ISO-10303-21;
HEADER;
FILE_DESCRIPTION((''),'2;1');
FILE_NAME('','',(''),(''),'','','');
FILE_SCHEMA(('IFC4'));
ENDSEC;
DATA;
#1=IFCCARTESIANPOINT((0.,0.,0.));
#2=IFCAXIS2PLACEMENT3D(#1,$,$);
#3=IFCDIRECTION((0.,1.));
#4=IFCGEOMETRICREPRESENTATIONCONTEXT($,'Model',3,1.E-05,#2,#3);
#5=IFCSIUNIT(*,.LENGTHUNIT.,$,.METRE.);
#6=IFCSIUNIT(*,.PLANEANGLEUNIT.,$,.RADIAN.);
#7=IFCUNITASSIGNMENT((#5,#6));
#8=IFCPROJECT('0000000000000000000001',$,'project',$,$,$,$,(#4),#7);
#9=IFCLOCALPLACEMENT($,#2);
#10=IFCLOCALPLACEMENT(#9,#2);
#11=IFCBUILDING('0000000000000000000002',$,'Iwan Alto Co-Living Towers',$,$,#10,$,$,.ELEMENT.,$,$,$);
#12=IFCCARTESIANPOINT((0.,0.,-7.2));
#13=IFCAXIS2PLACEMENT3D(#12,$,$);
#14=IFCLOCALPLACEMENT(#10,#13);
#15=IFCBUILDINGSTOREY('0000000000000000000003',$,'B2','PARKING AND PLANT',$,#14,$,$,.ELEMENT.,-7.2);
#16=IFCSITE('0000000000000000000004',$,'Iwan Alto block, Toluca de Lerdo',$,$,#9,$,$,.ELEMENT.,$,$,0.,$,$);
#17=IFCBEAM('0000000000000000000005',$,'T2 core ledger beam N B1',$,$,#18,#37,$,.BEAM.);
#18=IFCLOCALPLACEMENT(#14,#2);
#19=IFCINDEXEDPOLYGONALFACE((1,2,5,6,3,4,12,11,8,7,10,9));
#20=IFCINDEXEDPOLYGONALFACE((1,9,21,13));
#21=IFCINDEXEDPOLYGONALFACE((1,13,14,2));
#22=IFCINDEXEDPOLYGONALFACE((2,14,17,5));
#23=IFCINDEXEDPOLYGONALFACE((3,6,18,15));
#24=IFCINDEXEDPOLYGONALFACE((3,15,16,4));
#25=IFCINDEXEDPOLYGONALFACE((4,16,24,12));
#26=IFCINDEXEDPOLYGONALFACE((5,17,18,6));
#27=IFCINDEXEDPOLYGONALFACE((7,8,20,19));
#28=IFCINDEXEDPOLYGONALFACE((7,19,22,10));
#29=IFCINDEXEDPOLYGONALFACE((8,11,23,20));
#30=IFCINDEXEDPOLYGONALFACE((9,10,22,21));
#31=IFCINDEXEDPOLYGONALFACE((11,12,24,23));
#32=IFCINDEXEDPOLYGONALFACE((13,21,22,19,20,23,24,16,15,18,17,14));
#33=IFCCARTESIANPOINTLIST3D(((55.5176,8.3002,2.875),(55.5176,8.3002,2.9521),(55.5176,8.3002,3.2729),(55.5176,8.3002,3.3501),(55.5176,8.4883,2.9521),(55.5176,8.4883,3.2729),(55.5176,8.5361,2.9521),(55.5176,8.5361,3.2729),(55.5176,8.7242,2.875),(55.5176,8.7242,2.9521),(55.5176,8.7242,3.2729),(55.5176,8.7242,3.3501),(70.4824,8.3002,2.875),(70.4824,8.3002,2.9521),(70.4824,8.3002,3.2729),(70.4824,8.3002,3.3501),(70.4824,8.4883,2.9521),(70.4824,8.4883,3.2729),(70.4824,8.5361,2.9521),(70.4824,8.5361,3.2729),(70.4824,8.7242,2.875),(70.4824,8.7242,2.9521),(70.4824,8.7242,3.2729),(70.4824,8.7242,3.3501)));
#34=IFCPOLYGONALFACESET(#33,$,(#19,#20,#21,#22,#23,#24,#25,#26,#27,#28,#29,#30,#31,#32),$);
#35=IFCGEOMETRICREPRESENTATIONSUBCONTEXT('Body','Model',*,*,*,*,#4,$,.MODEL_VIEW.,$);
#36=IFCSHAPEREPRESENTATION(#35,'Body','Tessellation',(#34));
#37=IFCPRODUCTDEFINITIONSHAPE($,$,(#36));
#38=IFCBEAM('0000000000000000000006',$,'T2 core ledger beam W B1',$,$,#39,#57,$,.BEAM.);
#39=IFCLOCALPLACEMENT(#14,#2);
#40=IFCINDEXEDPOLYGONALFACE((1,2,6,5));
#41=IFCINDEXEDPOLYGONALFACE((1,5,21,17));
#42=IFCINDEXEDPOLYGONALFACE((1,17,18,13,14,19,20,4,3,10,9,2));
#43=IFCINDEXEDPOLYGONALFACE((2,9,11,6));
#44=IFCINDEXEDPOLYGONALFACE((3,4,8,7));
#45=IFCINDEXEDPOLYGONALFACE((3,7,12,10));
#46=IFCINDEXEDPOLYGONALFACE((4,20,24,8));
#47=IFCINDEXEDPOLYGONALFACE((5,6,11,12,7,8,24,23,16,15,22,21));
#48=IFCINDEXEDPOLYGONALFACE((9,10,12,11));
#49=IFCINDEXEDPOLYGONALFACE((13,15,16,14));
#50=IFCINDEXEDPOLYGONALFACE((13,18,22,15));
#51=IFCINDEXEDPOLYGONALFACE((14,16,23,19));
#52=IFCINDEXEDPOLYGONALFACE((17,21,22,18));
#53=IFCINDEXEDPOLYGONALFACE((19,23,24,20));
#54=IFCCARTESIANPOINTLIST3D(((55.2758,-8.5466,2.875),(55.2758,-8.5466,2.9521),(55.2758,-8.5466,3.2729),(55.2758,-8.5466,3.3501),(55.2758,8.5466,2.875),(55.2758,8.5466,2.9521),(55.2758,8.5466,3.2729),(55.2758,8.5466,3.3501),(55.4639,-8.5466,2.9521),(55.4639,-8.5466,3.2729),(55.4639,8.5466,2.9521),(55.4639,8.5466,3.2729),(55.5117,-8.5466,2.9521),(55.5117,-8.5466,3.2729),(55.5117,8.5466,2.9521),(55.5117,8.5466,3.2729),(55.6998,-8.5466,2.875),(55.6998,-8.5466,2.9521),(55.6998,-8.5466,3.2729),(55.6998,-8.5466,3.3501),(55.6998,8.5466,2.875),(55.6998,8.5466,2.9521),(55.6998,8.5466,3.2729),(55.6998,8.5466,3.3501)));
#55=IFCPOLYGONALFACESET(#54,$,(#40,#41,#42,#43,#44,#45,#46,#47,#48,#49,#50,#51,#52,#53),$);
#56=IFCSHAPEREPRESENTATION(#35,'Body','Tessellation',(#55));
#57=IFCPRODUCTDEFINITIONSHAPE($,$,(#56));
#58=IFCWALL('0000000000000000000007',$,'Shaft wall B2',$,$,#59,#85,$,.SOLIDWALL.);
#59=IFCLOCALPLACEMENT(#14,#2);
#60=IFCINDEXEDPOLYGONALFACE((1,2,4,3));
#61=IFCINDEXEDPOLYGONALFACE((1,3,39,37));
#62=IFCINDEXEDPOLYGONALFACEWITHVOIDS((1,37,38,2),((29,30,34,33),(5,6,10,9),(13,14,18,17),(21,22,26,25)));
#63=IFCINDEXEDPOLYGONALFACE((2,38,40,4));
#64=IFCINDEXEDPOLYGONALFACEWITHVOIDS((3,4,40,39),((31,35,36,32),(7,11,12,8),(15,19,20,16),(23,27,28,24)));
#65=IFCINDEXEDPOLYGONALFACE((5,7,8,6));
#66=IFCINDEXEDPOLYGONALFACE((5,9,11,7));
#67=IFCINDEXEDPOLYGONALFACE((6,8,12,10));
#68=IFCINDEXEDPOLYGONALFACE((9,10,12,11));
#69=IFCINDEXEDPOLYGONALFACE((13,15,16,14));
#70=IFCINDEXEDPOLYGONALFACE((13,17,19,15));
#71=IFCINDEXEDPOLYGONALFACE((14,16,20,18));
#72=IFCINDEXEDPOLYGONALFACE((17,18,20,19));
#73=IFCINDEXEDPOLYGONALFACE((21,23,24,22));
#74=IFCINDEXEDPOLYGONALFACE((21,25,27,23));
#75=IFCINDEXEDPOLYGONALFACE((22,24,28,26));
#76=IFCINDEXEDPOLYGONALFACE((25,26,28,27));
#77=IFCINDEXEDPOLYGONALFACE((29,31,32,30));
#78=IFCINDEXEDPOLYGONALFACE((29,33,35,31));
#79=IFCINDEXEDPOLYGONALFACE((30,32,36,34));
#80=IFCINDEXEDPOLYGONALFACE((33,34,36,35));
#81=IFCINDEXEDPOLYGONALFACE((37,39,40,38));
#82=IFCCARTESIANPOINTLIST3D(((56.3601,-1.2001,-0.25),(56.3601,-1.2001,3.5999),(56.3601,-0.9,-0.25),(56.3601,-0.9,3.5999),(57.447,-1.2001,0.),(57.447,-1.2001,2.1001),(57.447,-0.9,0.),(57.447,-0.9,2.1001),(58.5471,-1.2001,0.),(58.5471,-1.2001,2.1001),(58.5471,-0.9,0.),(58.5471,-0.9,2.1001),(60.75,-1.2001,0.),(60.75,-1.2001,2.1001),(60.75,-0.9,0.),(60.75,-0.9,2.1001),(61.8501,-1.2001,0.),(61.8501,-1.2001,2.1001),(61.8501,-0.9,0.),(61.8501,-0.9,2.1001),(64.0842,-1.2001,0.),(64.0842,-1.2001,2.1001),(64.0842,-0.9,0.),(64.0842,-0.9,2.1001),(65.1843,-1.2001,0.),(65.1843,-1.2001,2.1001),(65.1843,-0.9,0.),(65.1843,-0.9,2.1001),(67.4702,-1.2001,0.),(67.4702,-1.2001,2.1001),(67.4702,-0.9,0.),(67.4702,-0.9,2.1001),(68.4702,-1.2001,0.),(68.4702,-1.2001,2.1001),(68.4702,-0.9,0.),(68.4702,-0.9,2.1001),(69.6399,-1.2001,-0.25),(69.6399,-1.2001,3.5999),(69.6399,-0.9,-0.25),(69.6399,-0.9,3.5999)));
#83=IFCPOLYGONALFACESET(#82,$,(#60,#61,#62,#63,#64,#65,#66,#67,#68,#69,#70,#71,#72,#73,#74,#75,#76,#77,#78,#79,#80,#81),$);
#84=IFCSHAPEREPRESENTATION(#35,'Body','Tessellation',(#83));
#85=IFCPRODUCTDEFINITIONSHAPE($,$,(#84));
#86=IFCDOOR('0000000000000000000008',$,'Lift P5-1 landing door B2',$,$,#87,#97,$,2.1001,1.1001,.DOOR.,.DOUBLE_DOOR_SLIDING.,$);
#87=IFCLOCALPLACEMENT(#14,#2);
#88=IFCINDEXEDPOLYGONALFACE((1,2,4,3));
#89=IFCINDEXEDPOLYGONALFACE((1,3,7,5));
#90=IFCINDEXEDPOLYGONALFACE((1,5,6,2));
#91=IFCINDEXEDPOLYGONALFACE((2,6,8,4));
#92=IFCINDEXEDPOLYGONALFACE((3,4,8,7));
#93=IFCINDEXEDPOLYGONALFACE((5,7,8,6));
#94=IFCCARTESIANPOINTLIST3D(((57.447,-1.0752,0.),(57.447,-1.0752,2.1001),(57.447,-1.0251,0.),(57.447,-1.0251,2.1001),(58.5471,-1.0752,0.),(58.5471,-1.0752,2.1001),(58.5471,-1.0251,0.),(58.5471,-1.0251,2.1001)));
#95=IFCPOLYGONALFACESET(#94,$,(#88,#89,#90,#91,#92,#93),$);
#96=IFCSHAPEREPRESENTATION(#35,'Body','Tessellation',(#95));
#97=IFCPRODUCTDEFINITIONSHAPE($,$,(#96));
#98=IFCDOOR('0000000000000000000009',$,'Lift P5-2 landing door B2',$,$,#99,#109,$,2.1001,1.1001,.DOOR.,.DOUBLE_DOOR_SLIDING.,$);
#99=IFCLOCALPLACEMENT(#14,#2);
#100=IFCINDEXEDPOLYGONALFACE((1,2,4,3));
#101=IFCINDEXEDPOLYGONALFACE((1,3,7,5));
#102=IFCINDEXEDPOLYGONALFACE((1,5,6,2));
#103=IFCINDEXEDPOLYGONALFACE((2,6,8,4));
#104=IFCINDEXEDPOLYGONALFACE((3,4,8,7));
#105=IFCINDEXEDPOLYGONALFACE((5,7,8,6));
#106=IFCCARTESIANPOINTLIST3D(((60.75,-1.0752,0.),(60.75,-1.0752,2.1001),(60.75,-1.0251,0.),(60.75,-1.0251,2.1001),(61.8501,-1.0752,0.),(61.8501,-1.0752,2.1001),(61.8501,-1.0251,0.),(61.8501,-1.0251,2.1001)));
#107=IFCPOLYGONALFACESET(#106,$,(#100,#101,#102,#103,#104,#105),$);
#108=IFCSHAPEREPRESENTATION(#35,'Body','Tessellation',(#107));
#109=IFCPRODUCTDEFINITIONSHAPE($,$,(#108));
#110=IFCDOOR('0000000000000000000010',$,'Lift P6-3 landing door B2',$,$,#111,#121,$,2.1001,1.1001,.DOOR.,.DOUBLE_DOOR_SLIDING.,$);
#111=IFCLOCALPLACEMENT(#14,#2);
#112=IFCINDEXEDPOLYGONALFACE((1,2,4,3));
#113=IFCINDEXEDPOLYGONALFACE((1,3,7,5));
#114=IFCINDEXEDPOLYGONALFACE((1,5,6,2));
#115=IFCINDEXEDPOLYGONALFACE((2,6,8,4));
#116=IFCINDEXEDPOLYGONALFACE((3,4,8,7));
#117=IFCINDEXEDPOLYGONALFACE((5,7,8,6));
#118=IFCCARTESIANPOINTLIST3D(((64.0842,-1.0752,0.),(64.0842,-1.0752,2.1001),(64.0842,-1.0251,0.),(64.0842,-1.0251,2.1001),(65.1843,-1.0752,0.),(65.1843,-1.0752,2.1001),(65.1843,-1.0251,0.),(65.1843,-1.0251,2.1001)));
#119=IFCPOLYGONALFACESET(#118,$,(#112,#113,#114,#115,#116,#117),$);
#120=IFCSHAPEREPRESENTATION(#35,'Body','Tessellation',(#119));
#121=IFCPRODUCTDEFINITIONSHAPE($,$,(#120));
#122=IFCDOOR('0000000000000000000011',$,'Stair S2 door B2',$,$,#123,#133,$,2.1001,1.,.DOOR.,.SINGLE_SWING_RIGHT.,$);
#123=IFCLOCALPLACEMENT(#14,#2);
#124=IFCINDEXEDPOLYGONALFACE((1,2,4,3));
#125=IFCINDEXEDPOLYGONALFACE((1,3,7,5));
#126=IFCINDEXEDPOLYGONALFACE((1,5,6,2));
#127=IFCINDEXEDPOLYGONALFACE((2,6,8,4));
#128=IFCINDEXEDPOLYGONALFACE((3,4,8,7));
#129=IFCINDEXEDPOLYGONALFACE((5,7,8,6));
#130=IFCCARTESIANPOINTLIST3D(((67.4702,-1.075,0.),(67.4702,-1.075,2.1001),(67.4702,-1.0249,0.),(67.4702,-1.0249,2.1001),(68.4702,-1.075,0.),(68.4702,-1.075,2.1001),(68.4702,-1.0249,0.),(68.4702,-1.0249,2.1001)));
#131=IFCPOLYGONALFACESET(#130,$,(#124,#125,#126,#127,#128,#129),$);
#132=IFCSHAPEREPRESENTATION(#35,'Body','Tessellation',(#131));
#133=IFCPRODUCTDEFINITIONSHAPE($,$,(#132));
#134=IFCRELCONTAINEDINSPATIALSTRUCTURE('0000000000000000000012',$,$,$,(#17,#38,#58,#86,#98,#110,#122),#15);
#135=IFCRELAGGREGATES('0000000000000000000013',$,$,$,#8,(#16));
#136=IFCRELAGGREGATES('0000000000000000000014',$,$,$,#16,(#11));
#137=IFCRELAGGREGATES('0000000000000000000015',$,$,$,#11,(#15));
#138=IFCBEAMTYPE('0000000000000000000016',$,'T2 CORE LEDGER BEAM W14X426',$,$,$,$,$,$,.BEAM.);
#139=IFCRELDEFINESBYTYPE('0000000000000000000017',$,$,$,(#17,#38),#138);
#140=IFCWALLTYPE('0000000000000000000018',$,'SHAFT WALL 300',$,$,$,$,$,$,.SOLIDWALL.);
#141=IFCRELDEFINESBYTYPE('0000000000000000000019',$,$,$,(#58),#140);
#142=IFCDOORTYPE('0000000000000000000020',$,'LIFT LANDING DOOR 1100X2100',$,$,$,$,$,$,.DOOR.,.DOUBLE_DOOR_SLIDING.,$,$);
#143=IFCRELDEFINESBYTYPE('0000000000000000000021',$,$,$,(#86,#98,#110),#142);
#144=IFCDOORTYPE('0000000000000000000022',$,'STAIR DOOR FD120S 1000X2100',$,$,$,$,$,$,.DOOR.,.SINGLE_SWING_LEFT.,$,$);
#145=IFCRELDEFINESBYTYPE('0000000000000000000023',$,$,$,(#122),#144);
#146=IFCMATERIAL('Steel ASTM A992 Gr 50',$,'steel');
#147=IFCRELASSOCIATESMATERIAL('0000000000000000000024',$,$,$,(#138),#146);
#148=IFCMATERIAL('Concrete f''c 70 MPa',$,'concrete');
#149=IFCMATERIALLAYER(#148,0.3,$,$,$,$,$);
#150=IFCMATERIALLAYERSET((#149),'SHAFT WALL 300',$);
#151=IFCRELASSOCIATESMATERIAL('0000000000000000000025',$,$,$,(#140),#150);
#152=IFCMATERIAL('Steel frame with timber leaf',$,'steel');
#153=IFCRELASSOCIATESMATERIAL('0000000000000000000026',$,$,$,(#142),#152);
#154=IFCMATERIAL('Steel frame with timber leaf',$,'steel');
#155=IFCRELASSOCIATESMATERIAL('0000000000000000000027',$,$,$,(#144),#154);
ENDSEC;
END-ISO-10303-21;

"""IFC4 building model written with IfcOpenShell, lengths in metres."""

from ifc_helpers import new_model, si_unit, direction, frame, frame_2d, origin, origin_2d, place, context, subcontext, project, spatial, rectangle, i_section, extrude, material, layer, layer_set, material_profile, profile_set, type_object, element, fill, save


model = new_model("IFC4")

# Units and contexts
model_context = context("Model", 3, precision=1e-05, world=origin(), true_north=direction((0.0, 1.0)))
body_context = subcontext(model_context, "Body", "Model", "MODEL_VIEW")
ifc_project = project(units=[si_unit("LENGTHUNIT", "METRE"), si_unit("PLANEANGLEUNIT", "RADIAN")], contexts=[model_context])

# Site, building, storey
site_placement = place(None, origin())
site = spatial("IfcSite", under=ifc_project, at=site_placement, Name="Iwan Alto block, Toluca de Lerdo", CompositionType="ELEMENT", RefElevation=0.0)
building_placement = place(site_placement, origin())
building = spatial("IfcBuilding", under=site, at=building_placement, Name="Iwan Alto Co-Living Towers", CompositionType="ELEMENT")
storey_placement = place(building_placement, frame((0.0, 0.0, -7.2)))
storey = spatial("IfcBuildingStorey", under=building, at=storey_placement, Name="B2", Description="PARKING AND PLANT", CompositionType="ELEMENT", Elevation=-7.2)

# Beams
ifc_material_1 = material(Name="Steel ASTM A992 Gr 50", Category="steel")
ifc_material_profile = material_profile(ifc_material_1, i_section(OverallWidth=0.4241, OverallDepth=0.4751, WebThickness=0.0479, FlangeThickness=0.0771, at=origin_2d()), Name="W14X426")
ifc_profile_set = profile_set([ifc_material_profile], Name="Steel ASTM A992 Gr 50")
beam_type = type_object("IfcBeamType", Name="T2 CORE LEDGER BEAM W14X426", PredefinedType="BEAM", material=ifc_profile_set)
beam_1_placement = place(storey_placement, frame((70.4824, 8.5122, 3.1125), z_axis=(-1.0, 0.0, 0.0), x_axis=(0.0, -1.0, 0.0)))
element("IfcBeam", 1, at=beam_1_placement, inside=storey, type_object=beam_type, Name="T2 core ledger beam N B1", PredefinedType="BEAM", context=body_context, shape_type="SweptSolid", body=[
    extrude(i_section(OverallWidth=0.4241, OverallDepth=0.4751, WebThickness=0.0479, FlangeThickness=0.0771, at=origin_2d()), origin(), (0.0, 0.0, 1.0), 14.9648),
])
beam_2_placement = place(storey_placement, frame((55.4878, 8.5466, 3.1125), z_axis=(0.0, -1.0, 0.0), x_axis=(1.0, 0.0, 0.0)))
element("IfcBeam", 2, at=beam_2_placement, inside=storey, type_object=beam_type, Name="T2 core ledger beam W B1", PredefinedType="BEAM", context=body_context, shape_type="SweptSolid", body=[
    extrude(i_section(OverallWidth=0.4241, OverallDepth=0.4751, WebThickness=0.0479, FlangeThickness=0.0771, at=origin_2d()), origin(), (0.0, 0.0, 1.0), 17.0933),
])

# Wall, openings, doors
ifc_material_2 = material(Name="Concrete f'c 70 MPa", Category="concrete")
ifc_layer_1 = layer(ifc_material_2, 0.3)
ifc_layer_set_1 = layer_set([ifc_layer_1], Name="SHAFT WALL 300")
wall_type_1 = type_object("IfcWallType", Name="SHAFT WALL 300", PredefinedType="SOLIDWALL", material=ifc_layer_set_1)
wall_1_placement = place(storey_placement, frame((56.3601, -1.05, -0.25), z_axis=(0.0, 0.0, 1.0), x_axis=(1.0, 0.0, 0.0)))
wall_1 = element("IfcWall", 3, at=wall_1_placement, inside=storey, type_object=wall_type_1, Name="Shaft wall B2", PredefinedType="SOLIDWALL", context=body_context, shape_type="SweptSolid", body=[
    extrude(rectangle(XDim=13.2798, YDim=0.3, at=frame_2d((6.6399, 0.0))), origin(), (0.0, 0.0, 1.0), 3.8499),
])
opening_1_placement = place(wall_1_placement, frame((11.1101, 0.0, 0.25)))
opening_1 = element("IfcOpeningElement", 4, at=opening_1_placement, cuts=wall_1, PredefinedType="OPENING", context=body_context, shape_type="SweptSolid", body=[
    extrude(rectangle(XDim=1.0, YDim=2.1001, at=frame_2d((0.5, 1.05))), frame((0.0, 0.1599, 0.0), z_axis=(0.0, -1.0, 0.0), x_axis=(1.0, 0.0, 0.0)), (0.0, 0.0, 1.0), 0.3201),
])
opening_2_placement = place(wall_1_placement, frame((1.0869, 0.0, 0.25)))
opening_2 = element("IfcOpeningElement", 5, at=opening_2_placement, cuts=wall_1, PredefinedType="OPENING", context=body_context, shape_type="SweptSolid", body=[
    extrude(rectangle(XDim=1.1001, YDim=2.1001, at=frame_2d((0.55, 1.05))), frame((0.0, 0.1599, 0.0), z_axis=(0.0, -1.0, 0.0), x_axis=(1.0, 0.0, 0.0)), (0.0, 0.0, 1.0), 0.3201),
])
opening_3_placement = place(wall_1_placement, frame((4.3899, 0.0, 0.25)))
opening_3 = element("IfcOpeningElement", 6, at=opening_3_placement, cuts=wall_1, PredefinedType="OPENING", context=body_context, shape_type="SweptSolid", body=[
    extrude(rectangle(XDim=1.1001, YDim=2.1001, at=frame_2d((0.55, 1.05))), frame((0.0, 0.1599, 0.0), z_axis=(0.0, -1.0, 0.0), x_axis=(1.0, 0.0, 0.0)), (0.0, 0.0, 1.0), 0.3201),
])
opening_4_placement = place(wall_1_placement, frame((7.7241, 0.0, 0.25)))
opening_4 = element("IfcOpeningElement", 7, at=opening_4_placement, cuts=wall_1, PredefinedType="OPENING", context=body_context, shape_type="SweptSolid", body=[
    extrude(rectangle(XDim=1.1001, YDim=2.1001, at=frame_2d((0.55, 1.05))), frame((0.0, 0.1599, 0.0), z_axis=(0.0, -1.0, 0.0), x_axis=(1.0, 0.0, 0.0)), (0.0, 0.0, 1.0), 0.3201),
])
ifc_material_3 = material(Name="Steel frame with timber leaf", Category="steel")
door_type_1 = type_object("IfcDoorType", Name="LIFT LANDING DOOR 1100X2100", OperationType="DOUBLE_DOOR_SLIDING", PredefinedType="DOOR", material=ifc_material_3)
door_1_placement = place(opening_2_placement, origin())
door_1 = element("IfcDoor", 8, at=door_1_placement, inside=storey, type_object=door_type_1, Name="Lift P5-1 landing door B2", OperationType="DOUBLE_DOOR_SLIDING", OverallHeight=2.1001, OverallWidth=1.1001, PredefinedType="DOOR", context=body_context, shape_type="SweptSolid", body=[
    extrude(rectangle(XDim=1.1001, YDim=2.1001, at=frame_2d((0.55, 1.05))), frame((0.0, 0.0249, 0.0), z_axis=(0.0, -1.0, 0.0), x_axis=(1.0, 0.0, 0.0)), (0.0, 0.0, 1.0), 0.05),
])
fill(opening_2, door_1)
door_2_placement = place(opening_3_placement, origin())
door_2 = element("IfcDoor", 9, at=door_2_placement, inside=storey, type_object=door_type_1, Name="Lift P5-2 landing door B2", OperationType="DOUBLE_DOOR_SLIDING", OverallHeight=2.1001, OverallWidth=1.1001, PredefinedType="DOOR", context=body_context, shape_type="SweptSolid", body=[
    extrude(rectangle(XDim=1.1001, YDim=2.1001, at=frame_2d((0.55, 1.05))), frame((0.0, 0.0249, 0.0), z_axis=(0.0, -1.0, 0.0), x_axis=(1.0, 0.0, 0.0)), (0.0, 0.0, 1.0), 0.05),
])
fill(opening_3, door_2)
door_3_placement = place(opening_4_placement, origin())
door_3 = element("IfcDoor", 10, at=door_3_placement, inside=storey, type_object=door_type_1, Name="Lift P6-3 landing door B2", OperationType="DOUBLE_DOOR_SLIDING", OverallHeight=2.1001, OverallWidth=1.1001, PredefinedType="DOOR", context=body_context, shape_type="SweptSolid", body=[
    extrude(rectangle(XDim=1.1001, YDim=2.1001, at=frame_2d((0.55, 1.05))), frame((0.0, 0.0249, 0.0), z_axis=(0.0, -1.0, 0.0), x_axis=(1.0, 0.0, 0.0)), (0.0, 0.0, 1.0), 0.05),
])
fill(opening_4, door_3)
ifc_material_4 = material(Name="Steel frame with timber leaf", Category="steel")
door_type_2 = type_object("IfcDoorType", Name="STAIR DOOR FD120S 1000X2100", OperationType="SINGLE_SWING_LEFT", PredefinedType="DOOR", material=ifc_material_4)
door_4_placement = place(opening_1_placement, frame((1.0, 0.0, 0.0), z_axis=(0.0, 0.0, 1.0), x_axis=(-1.0, 0.0, 0.0)))
door_4 = element("IfcDoor", 11, at=door_4_placement, inside=storey, type_object=door_type_2, Name="Stair S2 door B2", OperationType="SINGLE_SWING_RIGHT", OverallHeight=2.1001, OverallWidth=1.0, PredefinedType="DOOR", context=body_context, shape_type="SweptSolid", body=[
    extrude(rectangle(XDim=1.0, YDim=2.1001, at=frame_2d((0.5, 1.05))), frame((0.0, 0.0249, 0.0), z_axis=(0.0, -1.0, 0.0), x_axis=(1.0, 0.0, 0.0)), (0.0, 0.0, 1.0), 0.05),
])
fill(opening_1, door_4)

save(model, "model.ifc")
